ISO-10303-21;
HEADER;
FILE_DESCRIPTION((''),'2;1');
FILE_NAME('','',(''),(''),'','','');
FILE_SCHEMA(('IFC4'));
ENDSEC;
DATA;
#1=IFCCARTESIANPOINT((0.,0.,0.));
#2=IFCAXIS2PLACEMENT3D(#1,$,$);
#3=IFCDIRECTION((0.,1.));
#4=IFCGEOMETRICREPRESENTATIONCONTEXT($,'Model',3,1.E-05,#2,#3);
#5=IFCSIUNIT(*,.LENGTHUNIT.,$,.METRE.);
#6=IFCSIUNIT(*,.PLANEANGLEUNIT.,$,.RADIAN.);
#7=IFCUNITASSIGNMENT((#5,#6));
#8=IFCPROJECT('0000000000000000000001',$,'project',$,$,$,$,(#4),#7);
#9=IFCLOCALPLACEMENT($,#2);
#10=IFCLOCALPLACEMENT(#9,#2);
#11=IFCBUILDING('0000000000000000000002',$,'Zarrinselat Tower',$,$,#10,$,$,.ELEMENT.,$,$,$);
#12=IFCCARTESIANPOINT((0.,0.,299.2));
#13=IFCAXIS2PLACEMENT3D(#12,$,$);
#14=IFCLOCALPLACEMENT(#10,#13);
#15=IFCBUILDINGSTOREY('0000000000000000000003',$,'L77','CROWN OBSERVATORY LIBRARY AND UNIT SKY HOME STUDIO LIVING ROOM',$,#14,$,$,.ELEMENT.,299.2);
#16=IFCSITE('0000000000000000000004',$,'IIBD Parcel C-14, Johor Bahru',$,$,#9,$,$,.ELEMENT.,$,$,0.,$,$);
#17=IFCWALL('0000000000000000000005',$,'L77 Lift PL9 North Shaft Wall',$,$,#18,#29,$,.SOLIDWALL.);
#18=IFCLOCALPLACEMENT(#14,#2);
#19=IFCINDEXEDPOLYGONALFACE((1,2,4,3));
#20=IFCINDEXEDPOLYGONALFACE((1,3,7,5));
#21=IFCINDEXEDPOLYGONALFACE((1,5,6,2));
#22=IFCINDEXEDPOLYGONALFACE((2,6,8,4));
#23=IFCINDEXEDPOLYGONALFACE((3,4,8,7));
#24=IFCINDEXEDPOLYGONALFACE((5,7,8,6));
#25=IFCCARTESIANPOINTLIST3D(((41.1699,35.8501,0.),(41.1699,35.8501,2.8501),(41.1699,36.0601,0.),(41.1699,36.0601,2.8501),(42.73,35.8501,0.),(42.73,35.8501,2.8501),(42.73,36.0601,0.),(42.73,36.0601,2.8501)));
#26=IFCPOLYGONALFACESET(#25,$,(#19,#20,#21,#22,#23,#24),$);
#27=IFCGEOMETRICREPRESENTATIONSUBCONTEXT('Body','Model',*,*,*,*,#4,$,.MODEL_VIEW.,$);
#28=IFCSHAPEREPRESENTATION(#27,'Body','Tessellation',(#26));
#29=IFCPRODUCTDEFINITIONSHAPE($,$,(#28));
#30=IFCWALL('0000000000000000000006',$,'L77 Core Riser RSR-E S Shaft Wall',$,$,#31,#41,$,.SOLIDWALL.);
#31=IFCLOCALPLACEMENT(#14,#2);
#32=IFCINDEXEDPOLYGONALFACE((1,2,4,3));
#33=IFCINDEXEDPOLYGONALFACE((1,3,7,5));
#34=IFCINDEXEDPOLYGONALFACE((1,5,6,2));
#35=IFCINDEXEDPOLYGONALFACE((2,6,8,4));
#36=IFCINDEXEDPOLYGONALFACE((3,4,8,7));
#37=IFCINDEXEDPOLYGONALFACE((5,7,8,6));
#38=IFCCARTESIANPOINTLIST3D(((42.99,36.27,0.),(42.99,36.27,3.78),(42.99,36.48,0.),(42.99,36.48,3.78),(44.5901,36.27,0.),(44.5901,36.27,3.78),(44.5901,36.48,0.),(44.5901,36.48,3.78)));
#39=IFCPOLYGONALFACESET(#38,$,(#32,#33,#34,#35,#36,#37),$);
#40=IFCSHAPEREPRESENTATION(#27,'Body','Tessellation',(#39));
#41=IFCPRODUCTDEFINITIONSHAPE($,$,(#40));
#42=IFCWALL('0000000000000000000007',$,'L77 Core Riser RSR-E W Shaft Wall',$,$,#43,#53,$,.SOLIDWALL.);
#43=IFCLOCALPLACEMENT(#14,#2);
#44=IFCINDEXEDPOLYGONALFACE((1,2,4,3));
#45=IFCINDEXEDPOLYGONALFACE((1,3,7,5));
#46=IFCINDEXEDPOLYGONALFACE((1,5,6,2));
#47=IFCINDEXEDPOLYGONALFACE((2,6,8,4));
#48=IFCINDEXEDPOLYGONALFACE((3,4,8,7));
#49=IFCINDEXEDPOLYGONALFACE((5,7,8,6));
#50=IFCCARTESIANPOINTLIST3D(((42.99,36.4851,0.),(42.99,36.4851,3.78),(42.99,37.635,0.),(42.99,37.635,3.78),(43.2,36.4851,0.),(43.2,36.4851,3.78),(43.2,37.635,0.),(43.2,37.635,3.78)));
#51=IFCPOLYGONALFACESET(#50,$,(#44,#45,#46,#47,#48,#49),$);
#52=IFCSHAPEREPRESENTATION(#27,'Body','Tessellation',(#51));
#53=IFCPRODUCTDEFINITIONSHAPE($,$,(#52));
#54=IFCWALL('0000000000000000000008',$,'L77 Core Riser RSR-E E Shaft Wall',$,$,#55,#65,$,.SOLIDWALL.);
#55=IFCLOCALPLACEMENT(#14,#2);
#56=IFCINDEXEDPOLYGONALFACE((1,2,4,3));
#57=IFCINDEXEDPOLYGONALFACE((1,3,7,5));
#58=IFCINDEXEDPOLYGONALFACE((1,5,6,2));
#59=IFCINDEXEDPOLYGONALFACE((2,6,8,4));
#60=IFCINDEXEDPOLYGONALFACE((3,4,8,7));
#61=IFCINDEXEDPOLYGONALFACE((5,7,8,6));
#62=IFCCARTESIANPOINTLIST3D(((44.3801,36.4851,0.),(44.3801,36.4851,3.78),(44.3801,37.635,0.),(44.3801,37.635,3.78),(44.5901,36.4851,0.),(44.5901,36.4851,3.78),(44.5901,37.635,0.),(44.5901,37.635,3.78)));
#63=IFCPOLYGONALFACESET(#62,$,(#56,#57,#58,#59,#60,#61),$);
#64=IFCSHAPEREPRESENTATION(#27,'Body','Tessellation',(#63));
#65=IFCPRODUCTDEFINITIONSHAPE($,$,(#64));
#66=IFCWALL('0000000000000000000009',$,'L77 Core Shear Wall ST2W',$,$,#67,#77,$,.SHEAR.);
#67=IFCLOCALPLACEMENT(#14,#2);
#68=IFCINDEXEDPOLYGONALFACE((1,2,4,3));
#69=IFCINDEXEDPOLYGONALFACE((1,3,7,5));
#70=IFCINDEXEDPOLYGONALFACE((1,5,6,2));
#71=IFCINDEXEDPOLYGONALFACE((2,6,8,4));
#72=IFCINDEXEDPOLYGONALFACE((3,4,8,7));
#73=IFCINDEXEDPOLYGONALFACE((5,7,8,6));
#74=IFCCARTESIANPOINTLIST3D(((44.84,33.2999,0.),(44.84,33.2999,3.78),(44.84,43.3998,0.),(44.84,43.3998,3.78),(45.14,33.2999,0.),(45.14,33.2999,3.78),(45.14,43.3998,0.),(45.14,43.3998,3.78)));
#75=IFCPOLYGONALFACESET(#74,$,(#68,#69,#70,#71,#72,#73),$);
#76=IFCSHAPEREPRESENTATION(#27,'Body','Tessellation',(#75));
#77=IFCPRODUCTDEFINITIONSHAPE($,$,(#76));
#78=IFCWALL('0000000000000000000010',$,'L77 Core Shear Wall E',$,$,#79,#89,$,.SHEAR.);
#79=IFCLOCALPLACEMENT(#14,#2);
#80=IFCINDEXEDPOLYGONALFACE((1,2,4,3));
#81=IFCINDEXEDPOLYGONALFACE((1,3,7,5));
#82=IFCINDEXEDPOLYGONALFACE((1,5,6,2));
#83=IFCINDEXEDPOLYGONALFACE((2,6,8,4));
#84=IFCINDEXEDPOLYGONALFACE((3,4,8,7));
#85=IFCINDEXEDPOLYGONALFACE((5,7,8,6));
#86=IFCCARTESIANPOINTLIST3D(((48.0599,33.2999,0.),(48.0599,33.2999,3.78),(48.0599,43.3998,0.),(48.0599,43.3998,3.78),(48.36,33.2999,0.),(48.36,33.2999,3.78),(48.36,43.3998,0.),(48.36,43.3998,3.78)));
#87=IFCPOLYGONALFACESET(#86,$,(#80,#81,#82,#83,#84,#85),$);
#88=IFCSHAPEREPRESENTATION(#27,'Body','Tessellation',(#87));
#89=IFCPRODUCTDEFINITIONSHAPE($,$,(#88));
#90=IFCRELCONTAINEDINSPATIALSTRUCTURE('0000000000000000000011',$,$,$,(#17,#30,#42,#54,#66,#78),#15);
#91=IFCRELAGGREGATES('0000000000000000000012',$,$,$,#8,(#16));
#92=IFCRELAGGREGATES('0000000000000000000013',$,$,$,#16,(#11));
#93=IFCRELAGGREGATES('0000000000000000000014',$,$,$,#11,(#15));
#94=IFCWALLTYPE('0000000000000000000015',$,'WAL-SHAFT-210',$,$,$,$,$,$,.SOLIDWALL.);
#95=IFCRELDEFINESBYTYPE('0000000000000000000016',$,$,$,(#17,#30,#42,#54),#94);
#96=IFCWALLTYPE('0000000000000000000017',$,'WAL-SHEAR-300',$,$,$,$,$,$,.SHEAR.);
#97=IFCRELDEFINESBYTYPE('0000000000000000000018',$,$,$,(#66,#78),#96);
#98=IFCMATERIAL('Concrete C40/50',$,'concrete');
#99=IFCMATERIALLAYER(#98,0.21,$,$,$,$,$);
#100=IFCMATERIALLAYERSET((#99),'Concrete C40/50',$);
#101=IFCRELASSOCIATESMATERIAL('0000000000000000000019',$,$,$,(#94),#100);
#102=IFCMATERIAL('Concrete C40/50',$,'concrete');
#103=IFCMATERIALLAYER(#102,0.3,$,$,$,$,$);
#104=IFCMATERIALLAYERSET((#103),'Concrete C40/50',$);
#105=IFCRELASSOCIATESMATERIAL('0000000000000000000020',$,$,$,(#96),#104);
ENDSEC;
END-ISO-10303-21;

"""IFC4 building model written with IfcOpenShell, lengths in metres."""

from ifc_helpers import new_model, si_unit, direction, frame, frame_2d, origin, place, context, subcontext, project, spatial, rectangle, extrude, material, layer, layer_set, type_object, element, save


model = new_model("IFC4")

# Units and contexts
model_context = context("Model", 3, precision=1e-05, world=origin(), true_north=direction((0.0, 1.0)))
body_context = subcontext(model_context, "Body", "Model", "MODEL_VIEW")
ifc_project = project(units=[si_unit("LENGTHUNIT", "METRE"), si_unit("PLANEANGLEUNIT", "RADIAN")], contexts=[model_context])

# Site, building, storey
site_placement = place(None, origin())
site = spatial("IfcSite", under=ifc_project, at=site_placement, Name="IIBD Parcel C-14, Johor Bahru", CompositionType="ELEMENT", RefElevation=0.0)
building_placement = place(site_placement, origin())
building = spatial("IfcBuilding", under=site, at=building_placement, Name="Zarrinselat Tower", CompositionType="ELEMENT")
storey_placement = place(building_placement, frame((0.0, 0.0, 299.2)))
storey = spatial("IfcBuildingStorey", under=building, at=storey_placement, Name="L77", Description="CROWN OBSERVATORY LIBRARY AND UNIT SKY HOME STUDIO LIVING ROOM", CompositionType="ELEMENT", Elevation=299.2)

# Walls
ifc_material_1 = material(Name="Concrete C40/50", Category="concrete")
ifc_layer_1 = layer(ifc_material_1, 0.21)
ifc_layer_set_1 = layer_set([ifc_layer_1], Name="Concrete C40/50")
wall_type_1 = type_object("IfcWallType", Name="WAL-SHAFT-210", PredefinedType="SOLIDWALL", material=ifc_layer_set_1)
wall_1_placement = place(storey_placement, frame((41.1699, 35.9551, 0.0), z_axis=(0.0, 0.0, 1.0), x_axis=(1.0, 0.0, 0.0)))
element("IfcWall", 1, at=wall_1_placement, inside=storey, type_object=wall_type_1, Name="L77 Lift PL9 North Shaft Wall", PredefinedType="SOLIDWALL", context=body_context, shape_type="SweptSolid", body=[
    extrude(rectangle(XDim=1.5601, YDim=0.21, at=frame_2d((0.78, 0.0))), origin(), (0.0, 0.0, 1.0), 2.8501),
])
wall_2_placement = place(storey_placement, frame((42.99, 36.375, 0.0), z_axis=(0.0, 0.0, 1.0), x_axis=(1.0, 0.0, 0.0)))
element("IfcWall", 2, at=wall_2_placement, inside=storey, type_object=wall_type_1, Name="L77 Core Riser RSR-E S Shaft Wall", PredefinedType="SOLIDWALL", context=body_context, shape_type="SweptSolid", body=[
    extrude(rectangle(XDim=1.6001, YDim=0.21, at=frame_2d((0.8, 0.0))), origin(), (0.0, 0.0, 1.0), 3.78),
])
for number, where, z_axis, x_axis, name in (
    (3, (43.095, 36.4851, 0.0), (0.0, 0.0, 1.0), (0.0, 1.0, 0.0), "L77 Core Riser RSR-E W Shaft Wall"),
    (4, (44.4851, 36.4851, 0.0), (0.0, 0.0, 1.0), (0.0, 1.0, 0.0), "L77 Core Riser RSR-E E Shaft Wall"),
):
    element("IfcWall", number, at=place(storey_placement, frame(where, z_axis=z_axis, x_axis=x_axis)), inside=storey, type_object=wall_type_1, Name=name, PredefinedType="SOLIDWALL", context=body_context, shape_type="SweptSolid", body=[
        extrude(rectangle(XDim=1.1499, YDim=0.21, at=frame_2d((0.575, 0.0))), origin(), (0.0, 0.0, 1.0), 3.78),
    ])
ifc_material_2 = material(Name="Concrete C40/50", Category="concrete")
ifc_layer_2 = layer(ifc_material_2, 0.3)
ifc_layer_set_2 = layer_set([ifc_layer_2], Name="Concrete C40/50")
wall_type_2 = type_object("IfcWallType", Name="WAL-SHEAR-300", PredefinedType="SHEAR", material=ifc_layer_set_2)
for number, where, z_axis, x_axis, name in (
    (5, (44.99, 33.3, 0.0), (0.0, 0.0, 1.0), (0.0, 1.0, 0.0), "L77 Core Shear Wall ST2W"),
    (6, (48.21, 33.3, 0.0), (0.0, 0.0, 1.0), (0.0, 1.0, 0.0), "L77 Core Shear Wall E"),
):
    element("IfcWall", number, at=place(storey_placement, frame(where, z_axis=z_axis, x_axis=x_axis)), inside=storey, type_object=wall_type_2, Name=name, PredefinedType="SHEAR", context=body_context, shape_type="SweptSolid", body=[
        extrude(rectangle(XDim=10.0999, YDim=0.3, at=frame_2d((5.0498, 0.0))), origin(), (0.0, 0.0, 1.0), 3.78),
    ])

save(model, "model.ifc")
